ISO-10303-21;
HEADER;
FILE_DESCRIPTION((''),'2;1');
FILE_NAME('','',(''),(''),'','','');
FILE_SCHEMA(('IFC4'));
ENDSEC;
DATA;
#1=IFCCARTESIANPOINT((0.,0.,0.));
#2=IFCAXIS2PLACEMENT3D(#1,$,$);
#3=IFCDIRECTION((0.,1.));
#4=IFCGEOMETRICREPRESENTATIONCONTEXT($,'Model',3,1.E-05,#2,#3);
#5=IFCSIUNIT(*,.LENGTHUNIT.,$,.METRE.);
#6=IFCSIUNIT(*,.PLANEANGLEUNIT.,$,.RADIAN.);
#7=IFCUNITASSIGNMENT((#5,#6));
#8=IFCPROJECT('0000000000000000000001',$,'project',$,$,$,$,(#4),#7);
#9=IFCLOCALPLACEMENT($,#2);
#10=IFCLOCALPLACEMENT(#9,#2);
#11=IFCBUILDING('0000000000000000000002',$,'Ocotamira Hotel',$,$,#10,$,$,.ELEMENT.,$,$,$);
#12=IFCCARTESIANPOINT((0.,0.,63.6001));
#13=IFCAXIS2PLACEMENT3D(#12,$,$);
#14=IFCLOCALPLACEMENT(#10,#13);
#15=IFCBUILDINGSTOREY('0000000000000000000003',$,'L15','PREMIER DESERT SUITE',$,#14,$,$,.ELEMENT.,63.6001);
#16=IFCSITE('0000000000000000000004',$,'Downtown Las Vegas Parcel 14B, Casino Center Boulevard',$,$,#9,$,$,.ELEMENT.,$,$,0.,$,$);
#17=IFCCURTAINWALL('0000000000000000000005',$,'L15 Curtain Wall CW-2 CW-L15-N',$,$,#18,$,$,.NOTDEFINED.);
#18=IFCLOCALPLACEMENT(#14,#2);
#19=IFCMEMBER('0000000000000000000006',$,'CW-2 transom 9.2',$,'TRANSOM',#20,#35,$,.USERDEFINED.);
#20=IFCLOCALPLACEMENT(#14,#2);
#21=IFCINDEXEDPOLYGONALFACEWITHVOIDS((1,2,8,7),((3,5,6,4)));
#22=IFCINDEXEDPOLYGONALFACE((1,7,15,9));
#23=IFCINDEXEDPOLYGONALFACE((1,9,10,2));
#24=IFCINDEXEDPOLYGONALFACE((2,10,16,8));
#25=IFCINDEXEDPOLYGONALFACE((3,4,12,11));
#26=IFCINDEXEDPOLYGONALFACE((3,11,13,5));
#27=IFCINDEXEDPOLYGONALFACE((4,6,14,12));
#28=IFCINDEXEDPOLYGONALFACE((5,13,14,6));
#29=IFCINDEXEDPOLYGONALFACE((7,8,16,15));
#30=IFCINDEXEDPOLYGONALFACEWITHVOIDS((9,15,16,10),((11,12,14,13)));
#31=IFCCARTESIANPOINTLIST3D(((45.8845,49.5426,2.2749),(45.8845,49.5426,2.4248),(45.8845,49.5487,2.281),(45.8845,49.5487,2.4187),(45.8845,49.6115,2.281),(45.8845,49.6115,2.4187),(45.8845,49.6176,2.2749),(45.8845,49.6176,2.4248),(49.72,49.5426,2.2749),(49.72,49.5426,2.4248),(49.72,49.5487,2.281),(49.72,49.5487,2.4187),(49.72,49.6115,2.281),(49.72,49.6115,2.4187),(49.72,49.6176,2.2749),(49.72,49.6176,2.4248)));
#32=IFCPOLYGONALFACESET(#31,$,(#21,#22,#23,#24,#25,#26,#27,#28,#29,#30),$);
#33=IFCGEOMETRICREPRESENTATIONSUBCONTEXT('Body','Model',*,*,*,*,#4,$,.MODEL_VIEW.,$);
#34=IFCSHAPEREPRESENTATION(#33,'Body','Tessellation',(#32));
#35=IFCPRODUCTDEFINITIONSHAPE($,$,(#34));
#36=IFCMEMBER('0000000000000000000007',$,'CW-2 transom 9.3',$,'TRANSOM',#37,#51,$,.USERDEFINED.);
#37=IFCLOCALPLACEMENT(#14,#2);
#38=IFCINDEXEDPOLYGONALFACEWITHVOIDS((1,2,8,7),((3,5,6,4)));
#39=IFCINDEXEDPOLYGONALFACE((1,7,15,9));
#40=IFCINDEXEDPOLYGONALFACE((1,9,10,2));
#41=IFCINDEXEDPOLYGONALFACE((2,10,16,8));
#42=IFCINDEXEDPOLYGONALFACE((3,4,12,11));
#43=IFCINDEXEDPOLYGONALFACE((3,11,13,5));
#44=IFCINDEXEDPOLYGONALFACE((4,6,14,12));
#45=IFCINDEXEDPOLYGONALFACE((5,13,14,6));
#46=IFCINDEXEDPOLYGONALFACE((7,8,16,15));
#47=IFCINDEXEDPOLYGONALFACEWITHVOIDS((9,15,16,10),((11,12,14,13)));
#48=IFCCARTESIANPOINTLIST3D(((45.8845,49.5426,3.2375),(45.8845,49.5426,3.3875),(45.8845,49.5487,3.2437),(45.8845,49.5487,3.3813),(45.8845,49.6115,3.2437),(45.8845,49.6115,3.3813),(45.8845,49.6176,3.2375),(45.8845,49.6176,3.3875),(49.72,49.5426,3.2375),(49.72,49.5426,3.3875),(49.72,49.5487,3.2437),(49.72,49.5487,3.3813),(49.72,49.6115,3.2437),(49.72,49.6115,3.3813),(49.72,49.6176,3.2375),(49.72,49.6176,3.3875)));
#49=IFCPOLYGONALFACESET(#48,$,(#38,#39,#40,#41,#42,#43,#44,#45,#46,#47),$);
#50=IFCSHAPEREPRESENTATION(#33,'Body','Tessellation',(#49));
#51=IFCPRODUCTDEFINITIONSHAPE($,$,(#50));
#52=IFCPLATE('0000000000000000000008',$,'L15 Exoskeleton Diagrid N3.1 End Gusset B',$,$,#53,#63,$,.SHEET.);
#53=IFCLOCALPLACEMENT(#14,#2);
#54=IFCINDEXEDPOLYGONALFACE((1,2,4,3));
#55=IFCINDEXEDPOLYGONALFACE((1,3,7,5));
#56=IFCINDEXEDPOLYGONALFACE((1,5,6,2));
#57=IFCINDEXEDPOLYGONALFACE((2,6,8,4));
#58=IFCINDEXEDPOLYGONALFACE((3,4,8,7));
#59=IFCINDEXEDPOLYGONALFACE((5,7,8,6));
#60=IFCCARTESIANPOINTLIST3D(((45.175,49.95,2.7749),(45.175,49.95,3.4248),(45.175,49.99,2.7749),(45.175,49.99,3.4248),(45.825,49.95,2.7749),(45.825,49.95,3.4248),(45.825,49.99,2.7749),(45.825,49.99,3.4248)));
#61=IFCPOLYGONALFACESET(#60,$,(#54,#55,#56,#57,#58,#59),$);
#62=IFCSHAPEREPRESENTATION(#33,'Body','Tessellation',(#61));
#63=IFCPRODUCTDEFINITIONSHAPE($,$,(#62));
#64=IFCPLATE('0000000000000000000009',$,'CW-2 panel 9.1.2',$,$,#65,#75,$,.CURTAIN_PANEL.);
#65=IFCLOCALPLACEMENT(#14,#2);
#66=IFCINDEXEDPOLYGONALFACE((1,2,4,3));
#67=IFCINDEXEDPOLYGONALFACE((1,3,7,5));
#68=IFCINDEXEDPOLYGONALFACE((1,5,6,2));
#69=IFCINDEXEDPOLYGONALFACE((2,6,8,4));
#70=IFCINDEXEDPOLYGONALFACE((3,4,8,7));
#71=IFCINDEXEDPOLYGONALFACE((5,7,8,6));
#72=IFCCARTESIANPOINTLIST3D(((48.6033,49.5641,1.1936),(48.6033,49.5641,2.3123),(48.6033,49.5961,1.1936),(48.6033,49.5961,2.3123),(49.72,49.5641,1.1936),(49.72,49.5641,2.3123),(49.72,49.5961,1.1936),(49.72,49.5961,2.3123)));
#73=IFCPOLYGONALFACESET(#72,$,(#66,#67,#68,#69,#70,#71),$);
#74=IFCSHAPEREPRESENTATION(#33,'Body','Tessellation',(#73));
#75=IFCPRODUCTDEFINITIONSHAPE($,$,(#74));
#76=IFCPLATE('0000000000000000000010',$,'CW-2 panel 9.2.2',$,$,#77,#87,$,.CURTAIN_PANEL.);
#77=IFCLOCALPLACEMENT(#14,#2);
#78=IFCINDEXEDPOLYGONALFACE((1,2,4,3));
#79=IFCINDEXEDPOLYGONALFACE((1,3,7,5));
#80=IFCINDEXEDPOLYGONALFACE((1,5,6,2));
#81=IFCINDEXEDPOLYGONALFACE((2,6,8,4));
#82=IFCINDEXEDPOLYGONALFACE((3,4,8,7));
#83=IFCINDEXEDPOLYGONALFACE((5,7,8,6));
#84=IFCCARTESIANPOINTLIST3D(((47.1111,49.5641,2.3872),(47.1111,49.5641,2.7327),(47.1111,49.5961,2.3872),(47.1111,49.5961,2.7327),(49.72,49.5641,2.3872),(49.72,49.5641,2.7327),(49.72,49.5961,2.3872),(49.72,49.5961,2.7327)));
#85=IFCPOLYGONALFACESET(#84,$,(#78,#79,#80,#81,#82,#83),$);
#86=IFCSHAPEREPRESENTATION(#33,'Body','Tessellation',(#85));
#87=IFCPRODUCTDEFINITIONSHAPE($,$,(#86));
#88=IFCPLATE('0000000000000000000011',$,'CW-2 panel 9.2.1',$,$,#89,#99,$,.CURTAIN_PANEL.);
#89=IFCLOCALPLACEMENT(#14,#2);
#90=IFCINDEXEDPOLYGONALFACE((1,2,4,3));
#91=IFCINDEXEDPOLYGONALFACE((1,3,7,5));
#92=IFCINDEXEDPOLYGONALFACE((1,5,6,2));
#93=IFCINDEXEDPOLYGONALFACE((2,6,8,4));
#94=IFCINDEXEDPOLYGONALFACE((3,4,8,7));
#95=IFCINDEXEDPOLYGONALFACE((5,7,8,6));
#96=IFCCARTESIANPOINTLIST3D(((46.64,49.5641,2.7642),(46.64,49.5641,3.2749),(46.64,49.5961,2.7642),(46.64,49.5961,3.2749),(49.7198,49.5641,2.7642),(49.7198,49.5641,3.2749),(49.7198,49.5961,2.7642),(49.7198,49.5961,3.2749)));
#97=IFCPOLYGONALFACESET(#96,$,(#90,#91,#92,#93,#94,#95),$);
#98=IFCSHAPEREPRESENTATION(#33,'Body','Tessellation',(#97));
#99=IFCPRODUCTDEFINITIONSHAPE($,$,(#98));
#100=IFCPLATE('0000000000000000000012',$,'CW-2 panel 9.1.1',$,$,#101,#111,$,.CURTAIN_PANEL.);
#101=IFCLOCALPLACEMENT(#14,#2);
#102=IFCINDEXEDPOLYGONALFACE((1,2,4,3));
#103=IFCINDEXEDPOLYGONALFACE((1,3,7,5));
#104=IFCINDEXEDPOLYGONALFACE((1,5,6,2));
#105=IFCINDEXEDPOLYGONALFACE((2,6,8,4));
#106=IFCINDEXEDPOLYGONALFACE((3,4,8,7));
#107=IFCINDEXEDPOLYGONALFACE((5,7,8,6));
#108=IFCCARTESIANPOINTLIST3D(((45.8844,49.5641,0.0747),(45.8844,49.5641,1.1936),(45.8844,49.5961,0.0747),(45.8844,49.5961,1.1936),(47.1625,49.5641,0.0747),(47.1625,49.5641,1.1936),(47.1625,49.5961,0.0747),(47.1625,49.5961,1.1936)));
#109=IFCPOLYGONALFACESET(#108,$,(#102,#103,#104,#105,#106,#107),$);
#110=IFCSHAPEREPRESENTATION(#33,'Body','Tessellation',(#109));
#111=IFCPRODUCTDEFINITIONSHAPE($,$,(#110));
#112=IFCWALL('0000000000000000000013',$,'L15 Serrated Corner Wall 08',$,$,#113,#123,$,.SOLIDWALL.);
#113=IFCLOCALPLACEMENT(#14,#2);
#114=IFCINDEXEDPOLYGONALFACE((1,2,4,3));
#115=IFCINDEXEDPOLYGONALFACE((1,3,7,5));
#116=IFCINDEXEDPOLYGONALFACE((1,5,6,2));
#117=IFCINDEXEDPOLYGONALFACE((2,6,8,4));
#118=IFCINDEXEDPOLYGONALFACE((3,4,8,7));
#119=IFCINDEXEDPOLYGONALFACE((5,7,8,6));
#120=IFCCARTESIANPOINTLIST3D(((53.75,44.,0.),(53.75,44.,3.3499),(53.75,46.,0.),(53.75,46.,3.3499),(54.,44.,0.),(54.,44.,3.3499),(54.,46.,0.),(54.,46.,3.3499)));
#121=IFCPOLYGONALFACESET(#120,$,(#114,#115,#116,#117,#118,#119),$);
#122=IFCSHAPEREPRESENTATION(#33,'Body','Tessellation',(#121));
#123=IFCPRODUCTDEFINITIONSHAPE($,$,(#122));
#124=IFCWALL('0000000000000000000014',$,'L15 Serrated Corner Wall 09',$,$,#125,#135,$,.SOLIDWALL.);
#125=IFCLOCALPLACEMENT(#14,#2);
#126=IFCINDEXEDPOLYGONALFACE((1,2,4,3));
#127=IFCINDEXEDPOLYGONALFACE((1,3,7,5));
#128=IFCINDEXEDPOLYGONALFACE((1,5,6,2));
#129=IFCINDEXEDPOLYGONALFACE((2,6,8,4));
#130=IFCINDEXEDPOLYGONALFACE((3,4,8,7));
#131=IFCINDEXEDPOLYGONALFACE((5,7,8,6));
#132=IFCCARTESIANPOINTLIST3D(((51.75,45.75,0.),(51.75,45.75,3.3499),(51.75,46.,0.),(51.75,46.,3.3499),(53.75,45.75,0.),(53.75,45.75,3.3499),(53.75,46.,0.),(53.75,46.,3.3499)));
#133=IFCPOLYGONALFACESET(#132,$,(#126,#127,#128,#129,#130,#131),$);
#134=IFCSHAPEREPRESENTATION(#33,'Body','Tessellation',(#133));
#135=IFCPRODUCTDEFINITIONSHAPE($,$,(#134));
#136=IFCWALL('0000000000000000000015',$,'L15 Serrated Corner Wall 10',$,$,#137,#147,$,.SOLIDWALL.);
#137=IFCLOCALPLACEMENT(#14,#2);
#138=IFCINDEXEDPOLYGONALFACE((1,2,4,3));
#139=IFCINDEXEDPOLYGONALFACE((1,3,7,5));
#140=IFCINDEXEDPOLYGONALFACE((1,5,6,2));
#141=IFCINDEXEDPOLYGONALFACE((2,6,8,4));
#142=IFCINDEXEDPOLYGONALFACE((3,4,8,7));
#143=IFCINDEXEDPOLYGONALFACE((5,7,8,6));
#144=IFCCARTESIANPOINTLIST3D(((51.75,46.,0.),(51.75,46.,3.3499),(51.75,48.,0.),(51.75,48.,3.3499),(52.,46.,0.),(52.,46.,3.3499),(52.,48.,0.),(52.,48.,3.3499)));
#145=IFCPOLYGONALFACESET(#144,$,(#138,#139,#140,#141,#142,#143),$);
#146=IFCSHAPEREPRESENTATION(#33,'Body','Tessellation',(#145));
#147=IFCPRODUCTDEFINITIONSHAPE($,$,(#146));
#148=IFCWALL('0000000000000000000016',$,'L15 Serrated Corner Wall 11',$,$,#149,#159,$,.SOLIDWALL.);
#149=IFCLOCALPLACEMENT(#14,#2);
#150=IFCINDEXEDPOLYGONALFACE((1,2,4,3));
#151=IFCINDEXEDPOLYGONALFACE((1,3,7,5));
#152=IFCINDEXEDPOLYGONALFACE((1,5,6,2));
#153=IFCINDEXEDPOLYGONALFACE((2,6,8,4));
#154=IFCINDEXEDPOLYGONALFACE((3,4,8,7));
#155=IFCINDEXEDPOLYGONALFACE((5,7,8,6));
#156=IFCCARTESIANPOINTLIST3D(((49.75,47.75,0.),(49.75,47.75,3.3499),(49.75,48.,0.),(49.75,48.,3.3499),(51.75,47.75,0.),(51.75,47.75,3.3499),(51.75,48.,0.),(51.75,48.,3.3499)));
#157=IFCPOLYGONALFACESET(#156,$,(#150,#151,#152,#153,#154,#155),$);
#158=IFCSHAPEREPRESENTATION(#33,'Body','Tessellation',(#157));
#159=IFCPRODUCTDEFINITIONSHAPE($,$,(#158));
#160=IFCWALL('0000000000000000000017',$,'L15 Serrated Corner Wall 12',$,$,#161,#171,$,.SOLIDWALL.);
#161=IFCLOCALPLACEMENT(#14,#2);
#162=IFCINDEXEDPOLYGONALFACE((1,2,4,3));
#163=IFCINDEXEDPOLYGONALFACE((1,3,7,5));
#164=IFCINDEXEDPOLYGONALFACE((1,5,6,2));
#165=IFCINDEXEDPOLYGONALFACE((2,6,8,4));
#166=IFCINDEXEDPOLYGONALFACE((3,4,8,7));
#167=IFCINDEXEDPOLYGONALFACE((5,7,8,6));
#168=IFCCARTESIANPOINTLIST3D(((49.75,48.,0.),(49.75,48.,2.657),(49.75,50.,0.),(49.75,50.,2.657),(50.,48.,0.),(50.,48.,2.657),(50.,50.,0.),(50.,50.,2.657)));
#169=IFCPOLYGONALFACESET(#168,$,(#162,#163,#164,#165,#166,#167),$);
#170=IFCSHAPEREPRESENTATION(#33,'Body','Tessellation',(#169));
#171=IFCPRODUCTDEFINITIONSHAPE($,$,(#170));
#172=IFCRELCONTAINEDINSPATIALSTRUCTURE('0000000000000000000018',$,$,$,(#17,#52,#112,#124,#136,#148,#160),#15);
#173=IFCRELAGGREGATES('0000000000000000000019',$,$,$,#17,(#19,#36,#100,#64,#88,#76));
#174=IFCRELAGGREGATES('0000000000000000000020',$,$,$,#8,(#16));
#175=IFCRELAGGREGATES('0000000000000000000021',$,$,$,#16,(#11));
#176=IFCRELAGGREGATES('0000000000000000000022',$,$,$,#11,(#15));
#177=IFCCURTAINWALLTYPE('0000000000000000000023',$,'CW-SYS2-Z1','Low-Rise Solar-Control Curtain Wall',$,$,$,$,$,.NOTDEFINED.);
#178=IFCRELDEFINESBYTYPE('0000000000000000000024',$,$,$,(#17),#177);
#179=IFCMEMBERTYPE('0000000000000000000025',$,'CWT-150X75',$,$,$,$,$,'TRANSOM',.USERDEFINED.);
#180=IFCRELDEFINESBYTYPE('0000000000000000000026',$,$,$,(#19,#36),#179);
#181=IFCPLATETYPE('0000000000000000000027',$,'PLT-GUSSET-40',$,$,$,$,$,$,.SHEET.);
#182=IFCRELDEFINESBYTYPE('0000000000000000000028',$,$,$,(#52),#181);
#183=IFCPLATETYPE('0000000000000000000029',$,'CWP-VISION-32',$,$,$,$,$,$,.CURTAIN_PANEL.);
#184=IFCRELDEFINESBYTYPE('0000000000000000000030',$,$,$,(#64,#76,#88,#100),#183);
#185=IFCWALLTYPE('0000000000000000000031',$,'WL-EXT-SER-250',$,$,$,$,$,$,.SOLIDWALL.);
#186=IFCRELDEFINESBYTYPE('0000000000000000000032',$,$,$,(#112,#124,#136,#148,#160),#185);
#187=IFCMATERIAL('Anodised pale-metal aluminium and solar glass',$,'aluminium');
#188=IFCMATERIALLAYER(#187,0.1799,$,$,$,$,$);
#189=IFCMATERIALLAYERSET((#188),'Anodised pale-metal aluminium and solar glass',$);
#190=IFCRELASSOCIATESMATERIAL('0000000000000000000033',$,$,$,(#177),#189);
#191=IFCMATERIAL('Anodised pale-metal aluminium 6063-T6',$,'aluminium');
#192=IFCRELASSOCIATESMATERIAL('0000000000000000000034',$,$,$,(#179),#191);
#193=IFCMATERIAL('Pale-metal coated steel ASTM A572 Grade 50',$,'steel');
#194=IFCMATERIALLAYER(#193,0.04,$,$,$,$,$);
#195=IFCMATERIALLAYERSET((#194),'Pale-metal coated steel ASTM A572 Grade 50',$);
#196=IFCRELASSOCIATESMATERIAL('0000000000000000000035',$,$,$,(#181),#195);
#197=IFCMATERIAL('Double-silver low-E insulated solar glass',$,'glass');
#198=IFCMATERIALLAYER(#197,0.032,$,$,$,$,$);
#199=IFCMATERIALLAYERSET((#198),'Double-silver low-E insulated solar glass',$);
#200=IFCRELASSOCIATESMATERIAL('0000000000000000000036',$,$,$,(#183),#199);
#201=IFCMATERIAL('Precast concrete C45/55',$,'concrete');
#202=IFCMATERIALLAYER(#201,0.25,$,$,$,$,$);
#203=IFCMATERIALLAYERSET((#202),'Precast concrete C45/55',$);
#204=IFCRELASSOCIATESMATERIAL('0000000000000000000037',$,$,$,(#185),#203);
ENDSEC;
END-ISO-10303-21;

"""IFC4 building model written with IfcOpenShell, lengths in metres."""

from ifc_helpers import new_model, si_unit, direction, frame, frame_2d, origin, origin_2d, place, context, subcontext, project, spatial, rectangle, hollow_rectangle, extrude, source, transform, mapped, material, layer, layer_set, material_profile, profile_set, type_object, element, aggregate, save


model = new_model("IFC4")

# Units and contexts
model_context = context("Model", 3, precision=1e-05, world=origin(), true_north=direction((0.0, 1.0)))
body_context = subcontext(model_context, "Body", "Model", "MODEL_VIEW")
ifc_project = project(units=[si_unit("LENGTHUNIT", "METRE"), si_unit("PLANEANGLEUNIT", "RADIAN")], contexts=[model_context])

# Site, building, storey
site_placement = place(None, origin())
site = spatial("IfcSite", under=ifc_project, at=site_placement, Name="Downtown Las Vegas Parcel 14B, Casino Center Boulevard", CompositionType="ELEMENT", RefElevation=0.0)
building_placement = place(site_placement, origin())
building = spatial("IfcBuilding", under=site, at=building_placement, Name="Ocotamira Hotel", CompositionType="ELEMENT")
storey_placement = place(building_placement, frame((0.0, 0.0, 63.6001)))
storey = spatial("IfcBuildingStorey", under=building, at=storey_placement, Name="L15", Description="PREMIER DESERT SUITE", CompositionType="ELEMENT", Elevation=63.6001)

# Curtain wall, members
ifc_material_1 = material(Name="Anodised pale-metal aluminium and solar glass", Category="aluminium")
ifc_layer_1 = layer(ifc_material_1, 0.1799)
ifc_layer_set_1 = layer_set([ifc_layer_1], Name="Anodised pale-metal aluminium and solar glass")
curtain_wall_type = type_object("IfcCurtainWallType", Name="CW-SYS2-Z1", Description="Low-Rise Solar-Control Curtain Wall", PredefinedType="NOTDEFINED", material=ifc_layer_set_1)
curtain_wall_placement = place(storey_placement, origin())
curtain_wall = element("IfcCurtainWall", 1, at=curtain_wall_placement, inside=storey, type_object=curtain_wall_type, Name="L15 Curtain Wall CW-2 CW-L15-N", PredefinedType="NOTDEFINED")
ifc_material_2 = material(Name="Anodised pale-metal aluminium 6063-T6", Category="aluminium")
ifc_material_profile_1 = material_profile(ifc_material_2, hollow_rectangle(XDim=0.075, YDim=0.1499, WallThickness=0.0061, at=origin_2d()), Name="HSS150X75X6")
ifc_profile_set_1 = profile_set([ifc_material_profile_1], Name="Anodised pale-metal aluminium 6063-T6")
member_type_1 = type_object("IfcMemberType", Name="CWT-150X75", ElementType="TRANSOM", PredefinedType="USERDEFINED", material=ifc_profile_set_1)
shared_shape_1 = source(origin(), body_context, "Body", "SweptSolid", [
    extrude(hollow_rectangle(XDim=0.075, YDim=0.1499, WallThickness=0.0061, at=origin_2d()), origin(), (0.0, 0.0, 1.0), 3.8354),
])
member_1_placement = place(storey_placement, frame((45.8845, 49.5801, 2.3499), z_axis=(1.0, 0.0, 0.0), x_axis=(0.0, 1.0, 0.0)))
member_1 = element("IfcMember", 2, at=member_1_placement, type_object=member_type_1, Name="CW-2 transom 9.2", ObjectType="TRANSOM", PredefinedType="USERDEFINED", context=body_context, shape_type="MappedRepresentation", body=[
    mapped(shared_shape_1, transform((0.0, 0.0, 0.0), scale=1.0)),
])
member_2_placement = place(storey_placement, frame((45.8845, 49.5801, 3.3125), z_axis=(1.0, 0.0, 0.0), x_axis=(0.0, 1.0, 0.0)))
member_2 = element("IfcMember", 3, at=member_2_placement, type_object=member_type_1, Name="CW-2 transom 9.3", ObjectType="TRANSOM", PredefinedType="USERDEFINED", context=body_context, shape_type="MappedRepresentation", body=[
    mapped(shared_shape_1, transform((0.0, 0.0, 0.0), scale=1.0)),
])

# Plates
ifc_material_3 = material(Name="Pale-metal coated steel ASTM A572 Grade 50", Category="steel")
ifc_layer_2 = layer(ifc_material_3, 0.04)
ifc_layer_set_2 = layer_set([ifc_layer_2], Name="Pale-metal coated steel ASTM A572 Grade 50")
plate_type_1 = type_object("IfcPlateType", Name="PLT-GUSSET-40", PredefinedType="SHEET", material=ifc_layer_set_2)
shared_shape_2 = source(origin(), body_context, "Body", "SweptSolid", [
    extrude(rectangle(XDim=0.6499, YDim=0.04, at=origin_2d()), origin(), (0.0, 0.0, 1.0), 0.6499),
])
plate_1_placement = place(storey_placement, frame((45.5, 49.97, 2.7749), z_axis=(0.0, 0.0, 1.0), x_axis=(1.0, 0.0, 0.0)))
element("IfcPlate", 4, at=plate_1_placement, inside=storey, type_object=plate_type_1, Name="L15 Exoskeleton Diagrid N3.1 End Gusset B", PredefinedType="SHEET", context=body_context, shape_type="MappedRepresentation", body=[
    mapped(shared_shape_2, transform((0.0, 0.0, 0.0), scale=1.0)),
])
ifc_material_4 = material(Name="Double-silver low-E insulated solar glass", Category="glass")
ifc_layer_3 = layer(ifc_material_4, 0.032)
ifc_layer_set_3 = layer_set([ifc_layer_3], Name="Double-silver low-E insulated solar glass")
plate_type_2 = type_object("IfcPlateType", Name="CWP-VISION-32", PredefinedType="CURTAIN_PANEL", material=ifc_layer_set_3)
shared_shape_3 = source(origin(), body_context, "Body", "SweptSolid", [
    extrude(rectangle(XDim=1.1167, YDim=0.032, at=origin_2d()), origin(), (0.0, 0.0, 1.0), 1.1187),
])
plate_2_placement = place(storey_placement, frame((49.1616, 49.5801, 1.1936), z_axis=(0.0, 0.0, 1.0), x_axis=(1.0, 0.0, 0.0)))
plate_2 = element("IfcPlate", 5, at=plate_2_placement, type_object=plate_type_2, Name="CW-2 panel 9.1.2", PredefinedType="CURTAIN_PANEL", context=body_context, shape_type="MappedRepresentation", body=[
    mapped(shared_shape_3, transform((0.0, 0.0, 0.0), scale=1.0)),
])
shared_shape_4 = source(origin(), body_context, "Body", "SweptSolid", [
    extrude(rectangle(XDim=2.6089, YDim=0.032, at=origin_2d()), origin(), (0.0, 0.0, 1.0), 0.3455),
])
plate_3_placement = place(storey_placement, frame((48.4155, 49.5801, 2.3872), z_axis=(0.0, 0.0, 1.0), x_axis=(1.0, 0.0, 0.0)))
plate_3 = element("IfcPlate", 6, at=plate_3_placement, type_object=plate_type_2, Name="CW-2 panel 9.2.2", PredefinedType="CURTAIN_PANEL", context=body_context, shape_type="MappedRepresentation", body=[
    mapped(shared_shape_4, transform((0.0, 0.0, 0.0), scale=1.0)),
])
shared_shape_5 = source(origin(), body_context, "Body", "SweptSolid", [
    extrude(rectangle(XDim=3.0798, YDim=0.032, at=origin_2d()), origin(), (0.0, 0.0, 1.0), 0.5107),
])
plate_4_placement = place(storey_placement, frame((48.1799, 49.5801, 2.7642), z_axis=(0.0, 0.0, 1.0), x_axis=(1.0, 0.0, 0.0)))
plate_4 = element("IfcPlate", 7, at=plate_4_placement, type_object=plate_type_2, Name="CW-2 panel 9.2.1", PredefinedType="CURTAIN_PANEL", context=body_context, shape_type="MappedRepresentation", body=[
    mapped(shared_shape_5, transform((0.0, 0.0, 0.0), scale=1.0)),
])
shared_shape_6 = source(origin(), body_context, "Body", "SweptSolid", [
    extrude(rectangle(XDim=1.2781, YDim=0.032, at=origin_2d()), origin(), (0.0, 0.0, 1.0), 1.1189),
])
plate_5_placement = place(storey_placement, frame((46.5234, 49.5801, 0.0747), z_axis=(0.0, 0.0, 1.0), x_axis=(1.0, 0.0, 0.0)))
plate_5 = element("IfcPlate", 8, at=plate_5_placement, type_object=plate_type_2, Name="CW-2 panel 9.1.1", PredefinedType="CURTAIN_PANEL", context=body_context, shape_type="MappedRepresentation", body=[
    mapped(shared_shape_6, transform((0.0, 0.0, 0.0), scale=1.0)),
])
aggregate(curtain_wall, [member_1, member_2, plate_5, plate_2, plate_4, plate_3])

# Walls
ifc_material_5 = material(Name="Precast concrete C45/55", Category="concrete")
ifc_layer_4 = layer(ifc_material_5, 0.25)
ifc_layer_set_4 = layer_set([ifc_layer_4], Name="Precast concrete C45/55")
wall_type = type_object("IfcWallType", Name="WL-EXT-SER-250", PredefinedType="SOLIDWALL", material=ifc_layer_set_4)
for number, where, z_axis, x_axis, name in (
    (9, (53.875, 44.0, 0.0), (0.0, 0.0, 1.0), (0.0, 1.0, 0.0), "L15 Serrated Corner Wall 08"),
    (10, (53.75, 45.875, 0.0), (0.0, 0.0, 1.0), (-1.0, 0.0, 0.0), "L15 Serrated Corner Wall 09"),
    (11, (51.875, 46.0, 0.0), (0.0, 0.0, 1.0), (0.0, 1.0, 0.0), "L15 Serrated Corner Wall 10"),
    (12, (51.75, 47.875, 0.0), (0.0, 0.0, 1.0), (-1.0, 0.0, 0.0), "L15 Serrated Corner Wall 11"),
):
    element("IfcWall", number, at=place(storey_placement, frame(where, z_axis=z_axis, x_axis=x_axis)), inside=storey, type_object=wall_type, Name=name, PredefinedType="SOLIDWALL", context=body_context, shape_type="SweptSolid", body=[
        extrude(rectangle(XDim=2.0, YDim=0.25, at=frame_2d((1.0, 0.0))), origin(), (0.0, 0.0, 1.0), 3.3499),
    ])
wall_placement = place(storey_placement, frame((49.875, 48.0, 0.0), z_axis=(0.0, 0.0, 1.0), x_axis=(0.0, 1.0, 0.0)))
element("IfcWall", 13, at=wall_placement, inside=storey, type_object=wall_type, Name="L15 Serrated Corner Wall 12", PredefinedType="SOLIDWALL", context=body_context, shape_type="SweptSolid", body=[
    extrude(rectangle(XDim=2.0, YDim=0.25, at=frame_2d((1.0, 0.0))), origin(), (0.0, 0.0, 1.0), 2.657),
])

save(model, "model.ifc")
